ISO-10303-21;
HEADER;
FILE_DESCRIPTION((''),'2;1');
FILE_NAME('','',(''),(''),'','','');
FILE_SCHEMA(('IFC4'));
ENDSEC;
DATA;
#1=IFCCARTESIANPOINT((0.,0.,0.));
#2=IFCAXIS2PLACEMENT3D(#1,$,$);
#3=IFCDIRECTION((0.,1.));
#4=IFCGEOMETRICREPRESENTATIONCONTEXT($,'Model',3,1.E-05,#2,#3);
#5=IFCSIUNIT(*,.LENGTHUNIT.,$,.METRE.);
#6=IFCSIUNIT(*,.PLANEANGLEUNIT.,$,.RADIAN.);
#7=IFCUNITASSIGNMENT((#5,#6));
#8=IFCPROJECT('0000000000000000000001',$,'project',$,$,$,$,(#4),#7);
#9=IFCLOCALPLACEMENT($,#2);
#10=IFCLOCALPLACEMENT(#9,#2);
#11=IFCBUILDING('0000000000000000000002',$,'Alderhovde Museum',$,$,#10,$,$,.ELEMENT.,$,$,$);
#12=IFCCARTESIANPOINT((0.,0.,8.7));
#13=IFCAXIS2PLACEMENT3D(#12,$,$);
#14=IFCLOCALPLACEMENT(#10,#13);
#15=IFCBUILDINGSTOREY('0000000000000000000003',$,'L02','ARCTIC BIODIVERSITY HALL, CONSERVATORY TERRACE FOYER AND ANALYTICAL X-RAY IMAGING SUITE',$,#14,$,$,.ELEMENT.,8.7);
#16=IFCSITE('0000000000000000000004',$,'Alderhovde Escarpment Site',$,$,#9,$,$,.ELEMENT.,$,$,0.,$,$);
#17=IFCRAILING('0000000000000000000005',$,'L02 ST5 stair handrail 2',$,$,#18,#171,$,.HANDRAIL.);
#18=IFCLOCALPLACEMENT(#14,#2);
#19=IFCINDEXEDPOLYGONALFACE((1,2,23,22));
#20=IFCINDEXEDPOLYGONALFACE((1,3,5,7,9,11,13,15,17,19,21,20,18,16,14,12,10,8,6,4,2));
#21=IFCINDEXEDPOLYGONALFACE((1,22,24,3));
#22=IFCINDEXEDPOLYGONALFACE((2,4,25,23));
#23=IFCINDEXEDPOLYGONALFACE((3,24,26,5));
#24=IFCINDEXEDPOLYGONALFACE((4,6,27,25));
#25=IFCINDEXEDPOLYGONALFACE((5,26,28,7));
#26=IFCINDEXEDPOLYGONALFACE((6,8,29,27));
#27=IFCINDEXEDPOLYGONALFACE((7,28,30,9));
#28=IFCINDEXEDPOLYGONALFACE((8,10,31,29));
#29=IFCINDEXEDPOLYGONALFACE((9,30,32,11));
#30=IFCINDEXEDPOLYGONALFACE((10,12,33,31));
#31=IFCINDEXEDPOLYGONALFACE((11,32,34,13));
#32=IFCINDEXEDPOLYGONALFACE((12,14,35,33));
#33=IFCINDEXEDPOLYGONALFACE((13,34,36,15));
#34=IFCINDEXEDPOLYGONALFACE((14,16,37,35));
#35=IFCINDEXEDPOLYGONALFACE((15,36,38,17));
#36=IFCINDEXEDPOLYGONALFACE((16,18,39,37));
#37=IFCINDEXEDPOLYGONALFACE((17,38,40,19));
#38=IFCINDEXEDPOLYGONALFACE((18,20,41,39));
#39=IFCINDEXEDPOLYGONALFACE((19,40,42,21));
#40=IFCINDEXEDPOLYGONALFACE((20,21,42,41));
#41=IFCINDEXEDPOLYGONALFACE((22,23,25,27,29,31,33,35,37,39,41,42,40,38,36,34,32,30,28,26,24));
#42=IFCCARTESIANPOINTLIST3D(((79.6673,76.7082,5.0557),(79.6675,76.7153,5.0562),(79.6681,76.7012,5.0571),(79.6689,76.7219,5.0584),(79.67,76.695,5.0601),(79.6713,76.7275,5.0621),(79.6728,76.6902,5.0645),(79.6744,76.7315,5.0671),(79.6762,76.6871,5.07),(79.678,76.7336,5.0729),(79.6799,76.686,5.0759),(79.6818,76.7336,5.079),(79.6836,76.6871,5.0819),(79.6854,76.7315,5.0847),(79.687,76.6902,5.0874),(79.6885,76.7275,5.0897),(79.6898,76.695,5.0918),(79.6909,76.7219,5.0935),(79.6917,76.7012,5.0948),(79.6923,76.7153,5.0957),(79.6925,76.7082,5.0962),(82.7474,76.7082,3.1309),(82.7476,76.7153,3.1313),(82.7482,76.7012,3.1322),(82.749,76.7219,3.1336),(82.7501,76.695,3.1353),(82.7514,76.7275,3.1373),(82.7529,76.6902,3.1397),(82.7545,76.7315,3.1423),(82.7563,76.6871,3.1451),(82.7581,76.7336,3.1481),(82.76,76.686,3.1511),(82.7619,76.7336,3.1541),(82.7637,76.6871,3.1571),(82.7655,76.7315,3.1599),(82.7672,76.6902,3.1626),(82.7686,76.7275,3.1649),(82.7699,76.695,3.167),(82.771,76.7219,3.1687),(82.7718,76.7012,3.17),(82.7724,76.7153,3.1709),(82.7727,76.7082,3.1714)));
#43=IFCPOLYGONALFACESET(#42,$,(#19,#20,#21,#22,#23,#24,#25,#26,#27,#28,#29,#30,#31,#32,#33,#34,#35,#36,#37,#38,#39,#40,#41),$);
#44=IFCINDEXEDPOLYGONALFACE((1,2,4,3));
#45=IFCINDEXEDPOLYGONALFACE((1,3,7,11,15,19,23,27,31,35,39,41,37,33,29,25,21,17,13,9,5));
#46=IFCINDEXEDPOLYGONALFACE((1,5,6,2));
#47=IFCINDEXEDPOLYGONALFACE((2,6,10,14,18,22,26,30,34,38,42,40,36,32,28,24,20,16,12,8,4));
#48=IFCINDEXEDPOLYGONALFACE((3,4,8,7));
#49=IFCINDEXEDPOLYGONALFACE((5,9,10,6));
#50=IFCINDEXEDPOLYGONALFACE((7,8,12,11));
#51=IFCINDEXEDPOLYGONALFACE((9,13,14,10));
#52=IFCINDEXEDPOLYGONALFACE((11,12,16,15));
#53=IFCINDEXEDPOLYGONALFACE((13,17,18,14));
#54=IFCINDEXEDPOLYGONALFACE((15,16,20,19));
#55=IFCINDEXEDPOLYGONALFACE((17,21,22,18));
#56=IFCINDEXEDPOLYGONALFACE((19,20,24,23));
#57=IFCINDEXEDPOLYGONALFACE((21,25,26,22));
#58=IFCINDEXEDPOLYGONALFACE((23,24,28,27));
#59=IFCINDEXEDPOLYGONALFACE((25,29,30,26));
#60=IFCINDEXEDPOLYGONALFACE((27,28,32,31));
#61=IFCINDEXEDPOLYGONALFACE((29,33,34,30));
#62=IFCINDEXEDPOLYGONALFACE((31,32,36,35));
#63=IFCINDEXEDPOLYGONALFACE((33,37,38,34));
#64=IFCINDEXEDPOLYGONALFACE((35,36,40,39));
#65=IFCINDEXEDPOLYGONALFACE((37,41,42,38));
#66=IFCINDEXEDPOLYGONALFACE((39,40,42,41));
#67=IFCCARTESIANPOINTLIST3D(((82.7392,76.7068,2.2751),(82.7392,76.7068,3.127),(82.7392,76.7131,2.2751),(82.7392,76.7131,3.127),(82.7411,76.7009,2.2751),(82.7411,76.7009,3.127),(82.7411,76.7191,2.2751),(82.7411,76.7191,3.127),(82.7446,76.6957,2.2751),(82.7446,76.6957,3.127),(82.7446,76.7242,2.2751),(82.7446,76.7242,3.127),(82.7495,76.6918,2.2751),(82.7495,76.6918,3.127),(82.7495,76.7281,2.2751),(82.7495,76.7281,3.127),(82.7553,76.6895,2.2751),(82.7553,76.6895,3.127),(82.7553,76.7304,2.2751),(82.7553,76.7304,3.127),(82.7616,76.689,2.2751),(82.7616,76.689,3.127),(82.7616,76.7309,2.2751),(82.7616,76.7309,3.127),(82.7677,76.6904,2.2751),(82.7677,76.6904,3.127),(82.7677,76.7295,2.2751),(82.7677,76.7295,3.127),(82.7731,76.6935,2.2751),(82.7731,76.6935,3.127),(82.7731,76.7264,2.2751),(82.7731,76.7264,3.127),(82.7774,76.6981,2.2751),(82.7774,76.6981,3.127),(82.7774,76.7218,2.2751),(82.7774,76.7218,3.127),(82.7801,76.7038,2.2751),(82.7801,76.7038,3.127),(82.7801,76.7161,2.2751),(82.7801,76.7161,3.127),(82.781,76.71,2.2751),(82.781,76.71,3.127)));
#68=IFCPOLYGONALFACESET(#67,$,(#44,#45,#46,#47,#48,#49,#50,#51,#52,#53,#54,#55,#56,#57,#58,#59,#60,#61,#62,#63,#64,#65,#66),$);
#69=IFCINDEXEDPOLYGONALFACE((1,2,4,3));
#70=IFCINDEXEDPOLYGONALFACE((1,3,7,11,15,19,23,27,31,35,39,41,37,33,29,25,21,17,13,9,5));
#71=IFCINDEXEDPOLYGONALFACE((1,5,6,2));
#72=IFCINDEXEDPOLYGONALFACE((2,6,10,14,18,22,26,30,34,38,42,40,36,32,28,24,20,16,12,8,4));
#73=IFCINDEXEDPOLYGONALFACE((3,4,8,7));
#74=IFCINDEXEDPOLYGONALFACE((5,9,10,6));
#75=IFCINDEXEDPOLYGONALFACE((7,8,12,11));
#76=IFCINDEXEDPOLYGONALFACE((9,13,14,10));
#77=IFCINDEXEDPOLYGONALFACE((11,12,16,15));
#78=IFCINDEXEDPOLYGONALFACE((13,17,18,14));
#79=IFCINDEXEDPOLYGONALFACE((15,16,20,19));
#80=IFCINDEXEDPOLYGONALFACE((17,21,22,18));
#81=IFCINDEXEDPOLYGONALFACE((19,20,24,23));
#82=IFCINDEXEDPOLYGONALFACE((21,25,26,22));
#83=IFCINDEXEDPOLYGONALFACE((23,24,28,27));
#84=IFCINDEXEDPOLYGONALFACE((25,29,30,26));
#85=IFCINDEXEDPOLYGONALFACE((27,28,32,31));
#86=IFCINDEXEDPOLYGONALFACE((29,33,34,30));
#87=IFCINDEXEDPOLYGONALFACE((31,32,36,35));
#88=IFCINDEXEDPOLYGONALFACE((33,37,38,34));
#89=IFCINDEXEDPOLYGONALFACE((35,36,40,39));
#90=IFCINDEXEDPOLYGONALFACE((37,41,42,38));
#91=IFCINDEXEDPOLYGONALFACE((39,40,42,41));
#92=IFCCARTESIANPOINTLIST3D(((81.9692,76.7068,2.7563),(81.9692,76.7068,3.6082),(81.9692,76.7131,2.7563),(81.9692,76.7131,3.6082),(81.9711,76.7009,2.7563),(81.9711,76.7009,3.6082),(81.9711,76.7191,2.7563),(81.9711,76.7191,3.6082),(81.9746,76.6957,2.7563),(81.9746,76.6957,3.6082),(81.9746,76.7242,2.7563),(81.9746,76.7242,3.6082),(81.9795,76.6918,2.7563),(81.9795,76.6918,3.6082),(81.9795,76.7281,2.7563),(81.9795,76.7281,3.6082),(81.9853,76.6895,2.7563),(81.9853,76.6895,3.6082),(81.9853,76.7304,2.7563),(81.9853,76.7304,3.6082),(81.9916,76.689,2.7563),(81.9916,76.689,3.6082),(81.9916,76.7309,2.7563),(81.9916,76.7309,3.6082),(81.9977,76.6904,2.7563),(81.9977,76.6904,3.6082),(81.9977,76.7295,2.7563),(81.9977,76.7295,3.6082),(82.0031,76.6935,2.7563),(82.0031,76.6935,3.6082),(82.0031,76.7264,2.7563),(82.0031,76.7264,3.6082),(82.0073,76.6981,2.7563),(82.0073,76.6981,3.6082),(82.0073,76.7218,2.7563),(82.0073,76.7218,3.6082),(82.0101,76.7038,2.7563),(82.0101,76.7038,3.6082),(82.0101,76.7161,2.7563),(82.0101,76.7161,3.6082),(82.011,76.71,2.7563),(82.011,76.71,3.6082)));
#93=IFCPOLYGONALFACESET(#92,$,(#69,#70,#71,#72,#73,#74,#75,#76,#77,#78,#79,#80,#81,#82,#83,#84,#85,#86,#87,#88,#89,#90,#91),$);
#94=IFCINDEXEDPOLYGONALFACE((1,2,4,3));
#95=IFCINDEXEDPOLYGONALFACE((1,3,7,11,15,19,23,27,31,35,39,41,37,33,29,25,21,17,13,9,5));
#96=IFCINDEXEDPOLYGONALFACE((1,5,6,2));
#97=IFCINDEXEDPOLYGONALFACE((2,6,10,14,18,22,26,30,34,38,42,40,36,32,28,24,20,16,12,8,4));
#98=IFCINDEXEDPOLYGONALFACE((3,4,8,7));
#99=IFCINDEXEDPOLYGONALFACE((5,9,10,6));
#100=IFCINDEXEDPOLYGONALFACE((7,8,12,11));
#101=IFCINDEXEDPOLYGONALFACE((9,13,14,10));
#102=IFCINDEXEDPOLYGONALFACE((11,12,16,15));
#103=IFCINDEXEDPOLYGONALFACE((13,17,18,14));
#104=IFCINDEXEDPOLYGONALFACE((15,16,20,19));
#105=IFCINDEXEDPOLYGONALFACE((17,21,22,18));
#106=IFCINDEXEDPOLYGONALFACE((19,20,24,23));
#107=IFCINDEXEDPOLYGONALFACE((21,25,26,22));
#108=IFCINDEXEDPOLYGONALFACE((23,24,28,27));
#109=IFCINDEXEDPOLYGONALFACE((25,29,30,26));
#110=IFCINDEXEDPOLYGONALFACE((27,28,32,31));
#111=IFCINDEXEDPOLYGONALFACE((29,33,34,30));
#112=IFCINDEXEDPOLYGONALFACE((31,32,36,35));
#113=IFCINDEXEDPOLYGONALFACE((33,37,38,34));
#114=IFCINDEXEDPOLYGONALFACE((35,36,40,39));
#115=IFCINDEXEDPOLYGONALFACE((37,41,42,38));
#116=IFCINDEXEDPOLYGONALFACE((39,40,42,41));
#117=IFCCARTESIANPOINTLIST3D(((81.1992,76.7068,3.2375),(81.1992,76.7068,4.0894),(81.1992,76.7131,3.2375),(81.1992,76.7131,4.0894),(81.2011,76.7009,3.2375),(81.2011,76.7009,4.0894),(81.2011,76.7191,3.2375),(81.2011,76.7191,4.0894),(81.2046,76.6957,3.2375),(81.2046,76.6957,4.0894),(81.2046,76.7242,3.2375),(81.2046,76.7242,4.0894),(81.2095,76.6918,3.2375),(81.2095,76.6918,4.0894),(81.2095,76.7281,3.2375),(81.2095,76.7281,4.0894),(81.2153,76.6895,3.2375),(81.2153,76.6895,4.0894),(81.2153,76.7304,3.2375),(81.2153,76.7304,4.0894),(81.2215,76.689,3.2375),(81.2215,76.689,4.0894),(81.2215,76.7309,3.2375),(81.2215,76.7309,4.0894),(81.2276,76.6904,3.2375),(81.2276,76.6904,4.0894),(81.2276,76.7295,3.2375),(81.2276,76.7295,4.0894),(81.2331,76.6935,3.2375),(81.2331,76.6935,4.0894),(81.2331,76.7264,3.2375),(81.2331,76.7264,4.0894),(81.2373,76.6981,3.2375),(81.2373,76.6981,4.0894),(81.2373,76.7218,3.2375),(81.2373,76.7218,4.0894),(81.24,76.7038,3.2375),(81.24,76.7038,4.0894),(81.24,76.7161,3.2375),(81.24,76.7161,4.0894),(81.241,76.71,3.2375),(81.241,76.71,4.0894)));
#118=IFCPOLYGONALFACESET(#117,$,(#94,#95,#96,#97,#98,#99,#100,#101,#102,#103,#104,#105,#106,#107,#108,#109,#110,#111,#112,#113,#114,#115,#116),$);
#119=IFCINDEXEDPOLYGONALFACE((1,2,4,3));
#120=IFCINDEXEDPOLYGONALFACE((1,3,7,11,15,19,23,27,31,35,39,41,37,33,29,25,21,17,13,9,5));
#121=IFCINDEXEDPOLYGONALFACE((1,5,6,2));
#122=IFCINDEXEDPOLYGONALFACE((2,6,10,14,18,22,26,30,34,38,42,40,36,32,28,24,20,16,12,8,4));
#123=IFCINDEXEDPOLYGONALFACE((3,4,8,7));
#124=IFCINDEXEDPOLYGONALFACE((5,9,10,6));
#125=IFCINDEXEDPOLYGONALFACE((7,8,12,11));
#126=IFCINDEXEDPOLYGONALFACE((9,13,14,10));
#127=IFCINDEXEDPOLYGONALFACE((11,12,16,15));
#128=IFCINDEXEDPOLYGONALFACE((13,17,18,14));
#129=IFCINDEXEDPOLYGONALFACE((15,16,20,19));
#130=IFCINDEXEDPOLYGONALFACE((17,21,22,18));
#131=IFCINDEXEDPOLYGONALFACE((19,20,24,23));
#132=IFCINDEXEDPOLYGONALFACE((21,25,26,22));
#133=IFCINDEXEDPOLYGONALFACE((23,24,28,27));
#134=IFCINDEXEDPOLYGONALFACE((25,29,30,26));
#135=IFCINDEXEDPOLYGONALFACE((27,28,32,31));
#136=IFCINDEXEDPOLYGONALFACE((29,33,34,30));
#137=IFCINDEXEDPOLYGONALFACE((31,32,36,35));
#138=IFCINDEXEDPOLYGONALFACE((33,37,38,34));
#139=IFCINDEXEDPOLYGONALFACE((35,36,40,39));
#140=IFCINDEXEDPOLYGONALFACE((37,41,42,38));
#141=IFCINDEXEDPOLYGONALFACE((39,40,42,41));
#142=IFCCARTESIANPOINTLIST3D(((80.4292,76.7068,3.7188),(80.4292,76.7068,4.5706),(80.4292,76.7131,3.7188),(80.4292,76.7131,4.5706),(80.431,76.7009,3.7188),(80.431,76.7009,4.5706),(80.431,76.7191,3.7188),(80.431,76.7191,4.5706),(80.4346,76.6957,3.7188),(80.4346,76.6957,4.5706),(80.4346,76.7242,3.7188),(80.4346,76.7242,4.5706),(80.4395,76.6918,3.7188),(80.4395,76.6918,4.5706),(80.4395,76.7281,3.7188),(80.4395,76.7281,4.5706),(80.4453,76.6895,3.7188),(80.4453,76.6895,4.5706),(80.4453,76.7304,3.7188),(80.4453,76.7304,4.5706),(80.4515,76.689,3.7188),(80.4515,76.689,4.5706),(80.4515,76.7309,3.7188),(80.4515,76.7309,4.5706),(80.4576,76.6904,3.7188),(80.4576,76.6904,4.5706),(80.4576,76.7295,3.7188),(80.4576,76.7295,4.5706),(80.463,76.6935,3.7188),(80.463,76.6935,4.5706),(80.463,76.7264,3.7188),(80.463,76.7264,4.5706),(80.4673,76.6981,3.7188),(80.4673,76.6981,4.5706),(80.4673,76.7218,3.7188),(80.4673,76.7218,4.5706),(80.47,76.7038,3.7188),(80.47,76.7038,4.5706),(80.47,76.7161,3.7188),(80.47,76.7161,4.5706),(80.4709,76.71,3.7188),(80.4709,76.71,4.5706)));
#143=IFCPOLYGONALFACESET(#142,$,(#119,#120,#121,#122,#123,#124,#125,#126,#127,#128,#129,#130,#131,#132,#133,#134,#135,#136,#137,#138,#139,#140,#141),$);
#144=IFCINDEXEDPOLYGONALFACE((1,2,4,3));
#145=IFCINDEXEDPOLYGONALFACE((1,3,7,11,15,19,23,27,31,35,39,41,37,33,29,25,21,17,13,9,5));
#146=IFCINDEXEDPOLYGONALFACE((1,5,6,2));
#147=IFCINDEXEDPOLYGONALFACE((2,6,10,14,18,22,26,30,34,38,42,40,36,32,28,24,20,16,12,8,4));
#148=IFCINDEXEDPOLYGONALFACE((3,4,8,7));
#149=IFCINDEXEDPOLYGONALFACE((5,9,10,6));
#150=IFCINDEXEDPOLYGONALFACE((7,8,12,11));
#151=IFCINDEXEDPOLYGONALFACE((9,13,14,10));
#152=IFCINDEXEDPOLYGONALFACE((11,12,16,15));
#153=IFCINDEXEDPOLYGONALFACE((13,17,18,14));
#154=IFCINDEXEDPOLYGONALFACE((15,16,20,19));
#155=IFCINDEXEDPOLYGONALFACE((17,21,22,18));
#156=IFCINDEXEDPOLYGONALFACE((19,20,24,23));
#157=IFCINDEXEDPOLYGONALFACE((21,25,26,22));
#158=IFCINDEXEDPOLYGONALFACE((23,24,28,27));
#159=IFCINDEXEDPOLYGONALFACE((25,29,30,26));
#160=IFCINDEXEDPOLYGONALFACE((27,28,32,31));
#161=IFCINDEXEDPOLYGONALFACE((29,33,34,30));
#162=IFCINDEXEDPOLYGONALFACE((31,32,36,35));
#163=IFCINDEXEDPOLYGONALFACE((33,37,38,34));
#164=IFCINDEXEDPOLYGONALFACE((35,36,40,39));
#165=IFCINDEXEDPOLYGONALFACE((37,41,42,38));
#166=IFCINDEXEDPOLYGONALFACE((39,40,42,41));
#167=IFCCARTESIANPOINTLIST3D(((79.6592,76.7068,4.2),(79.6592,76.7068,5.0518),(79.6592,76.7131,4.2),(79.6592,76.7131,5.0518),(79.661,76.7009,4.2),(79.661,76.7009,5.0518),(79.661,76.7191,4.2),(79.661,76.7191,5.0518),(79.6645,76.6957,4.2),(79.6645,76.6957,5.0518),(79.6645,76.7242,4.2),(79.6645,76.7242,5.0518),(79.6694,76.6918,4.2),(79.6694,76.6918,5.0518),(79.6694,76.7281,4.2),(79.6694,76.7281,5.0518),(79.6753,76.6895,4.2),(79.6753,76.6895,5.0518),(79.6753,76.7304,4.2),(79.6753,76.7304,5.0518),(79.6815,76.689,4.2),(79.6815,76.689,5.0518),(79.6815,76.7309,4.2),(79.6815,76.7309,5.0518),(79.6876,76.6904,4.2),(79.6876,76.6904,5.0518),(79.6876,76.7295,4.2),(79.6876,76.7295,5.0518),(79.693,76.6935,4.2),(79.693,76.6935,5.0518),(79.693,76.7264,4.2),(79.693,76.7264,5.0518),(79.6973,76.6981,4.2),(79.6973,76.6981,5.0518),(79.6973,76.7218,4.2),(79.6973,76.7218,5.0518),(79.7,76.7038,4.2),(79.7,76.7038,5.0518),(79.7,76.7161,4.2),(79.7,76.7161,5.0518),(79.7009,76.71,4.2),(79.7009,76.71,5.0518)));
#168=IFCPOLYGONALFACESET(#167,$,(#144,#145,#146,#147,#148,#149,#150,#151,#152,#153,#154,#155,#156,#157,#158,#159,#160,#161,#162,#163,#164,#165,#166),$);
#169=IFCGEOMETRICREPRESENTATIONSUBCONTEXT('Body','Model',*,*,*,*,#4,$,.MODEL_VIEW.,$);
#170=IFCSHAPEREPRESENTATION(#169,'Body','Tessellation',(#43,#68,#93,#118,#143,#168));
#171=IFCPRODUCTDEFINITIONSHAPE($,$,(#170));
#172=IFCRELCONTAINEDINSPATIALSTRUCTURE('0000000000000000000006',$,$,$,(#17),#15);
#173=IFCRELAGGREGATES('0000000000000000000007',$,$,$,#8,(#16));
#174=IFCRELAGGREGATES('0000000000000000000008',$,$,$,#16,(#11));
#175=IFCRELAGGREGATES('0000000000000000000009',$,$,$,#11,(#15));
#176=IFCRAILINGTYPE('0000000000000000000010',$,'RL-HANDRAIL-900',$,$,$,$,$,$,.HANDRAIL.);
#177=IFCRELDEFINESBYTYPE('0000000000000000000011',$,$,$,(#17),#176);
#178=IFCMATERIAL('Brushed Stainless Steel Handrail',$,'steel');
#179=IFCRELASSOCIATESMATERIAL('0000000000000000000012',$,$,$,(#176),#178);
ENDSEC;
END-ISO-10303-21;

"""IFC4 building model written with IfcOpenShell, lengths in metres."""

from ifc_helpers import new_model, si_unit, direction, frame, origin, origin_2d, place, context, subcontext, project, spatial, circle, extrude, material, type_object, element, save


model = new_model("IFC4")

# Units and contexts
model_context = context("Model", 3, precision=1e-05, world=origin(), true_north=direction((0.0, 1.0)))
body_context = subcontext(model_context, "Body", "Model", "MODEL_VIEW")
ifc_project = project(units=[si_unit("LENGTHUNIT", "METRE"), si_unit("PLANEANGLEUNIT", "RADIAN")], contexts=[model_context])

# Site, building, storey
site_placement = place(None, origin())
site = spatial("IfcSite", under=ifc_project, at=site_placement, Name="Alderhovde Escarpment Site", CompositionType="ELEMENT", RefElevation=0.0)
building_placement = place(site_placement, origin())
building = spatial("IfcBuilding", under=site, at=building_placement, Name="Alderhovde Museum", CompositionType="ELEMENT")
storey_placement = place(building_placement, frame((0.0, 0.0, 8.7)))
storey = spatial("IfcBuildingStorey", under=building, at=storey_placement, Name="L02", Description="ARCTIC BIODIVERSITY HALL, CONSERVATORY TERRACE FOYER AND ANALYTICAL X-RAY IMAGING SUITE", CompositionType="ELEMENT", Elevation=8.7)

# Railing
ifc_material_1 = material(Name="Brushed Stainless Steel Handrail", Category="steel")
railing_type_1 = type_object("IfcRailingType", Name="RL-HANDRAIL-900", PredefinedType="HANDRAIL", material=ifc_material_1)
railing_1_placement = place(storey_placement, frame((82.76, 76.71, 2.2751)))
element("IfcRailing", 1, at=railing_1_placement, inside=storey, type_object=railing_type_1, Name="L02 ST5 stair handrail 2", PredefinedType="HANDRAIL", context=body_context, shape_type="SweptSolid", body=[
    extrude(circle(Radius=0.0239, at=origin_2d()), frame((0.0, 0.0, 0.876), z_axis=(-0.848029, 0.0, 0.529951), x_axis=(0.0, -1.0, 0.0)), (0.0, 0.0, 1.0), 3.6321),
    extrude(circle(Radius=0.021, at=origin_2d()), origin(), (0.0, 0.0, 1.0), 0.8518),
    extrude(circle(Radius=0.021, at=origin_2d()), frame((-0.77, 0.0, 0.4812)), (0.0, 0.0, 1.0), 0.8518),
    extrude(circle(Radius=0.021, at=origin_2d()), frame((-1.54, 0.0, 0.9624)), (0.0, 0.0, 1.0), 0.8518),
    extrude(circle(Radius=0.021, at=origin_2d()), frame((-2.3101, 0.0, 1.4436)), (0.0, 0.0, 1.0), 0.8518),
    extrude(circle(Radius=0.021, at=origin_2d()), frame((-3.0801, 0.0, 1.9248)), (0.0, 0.0, 1.0), 0.8518),
])

save(model, "model.ifc")
